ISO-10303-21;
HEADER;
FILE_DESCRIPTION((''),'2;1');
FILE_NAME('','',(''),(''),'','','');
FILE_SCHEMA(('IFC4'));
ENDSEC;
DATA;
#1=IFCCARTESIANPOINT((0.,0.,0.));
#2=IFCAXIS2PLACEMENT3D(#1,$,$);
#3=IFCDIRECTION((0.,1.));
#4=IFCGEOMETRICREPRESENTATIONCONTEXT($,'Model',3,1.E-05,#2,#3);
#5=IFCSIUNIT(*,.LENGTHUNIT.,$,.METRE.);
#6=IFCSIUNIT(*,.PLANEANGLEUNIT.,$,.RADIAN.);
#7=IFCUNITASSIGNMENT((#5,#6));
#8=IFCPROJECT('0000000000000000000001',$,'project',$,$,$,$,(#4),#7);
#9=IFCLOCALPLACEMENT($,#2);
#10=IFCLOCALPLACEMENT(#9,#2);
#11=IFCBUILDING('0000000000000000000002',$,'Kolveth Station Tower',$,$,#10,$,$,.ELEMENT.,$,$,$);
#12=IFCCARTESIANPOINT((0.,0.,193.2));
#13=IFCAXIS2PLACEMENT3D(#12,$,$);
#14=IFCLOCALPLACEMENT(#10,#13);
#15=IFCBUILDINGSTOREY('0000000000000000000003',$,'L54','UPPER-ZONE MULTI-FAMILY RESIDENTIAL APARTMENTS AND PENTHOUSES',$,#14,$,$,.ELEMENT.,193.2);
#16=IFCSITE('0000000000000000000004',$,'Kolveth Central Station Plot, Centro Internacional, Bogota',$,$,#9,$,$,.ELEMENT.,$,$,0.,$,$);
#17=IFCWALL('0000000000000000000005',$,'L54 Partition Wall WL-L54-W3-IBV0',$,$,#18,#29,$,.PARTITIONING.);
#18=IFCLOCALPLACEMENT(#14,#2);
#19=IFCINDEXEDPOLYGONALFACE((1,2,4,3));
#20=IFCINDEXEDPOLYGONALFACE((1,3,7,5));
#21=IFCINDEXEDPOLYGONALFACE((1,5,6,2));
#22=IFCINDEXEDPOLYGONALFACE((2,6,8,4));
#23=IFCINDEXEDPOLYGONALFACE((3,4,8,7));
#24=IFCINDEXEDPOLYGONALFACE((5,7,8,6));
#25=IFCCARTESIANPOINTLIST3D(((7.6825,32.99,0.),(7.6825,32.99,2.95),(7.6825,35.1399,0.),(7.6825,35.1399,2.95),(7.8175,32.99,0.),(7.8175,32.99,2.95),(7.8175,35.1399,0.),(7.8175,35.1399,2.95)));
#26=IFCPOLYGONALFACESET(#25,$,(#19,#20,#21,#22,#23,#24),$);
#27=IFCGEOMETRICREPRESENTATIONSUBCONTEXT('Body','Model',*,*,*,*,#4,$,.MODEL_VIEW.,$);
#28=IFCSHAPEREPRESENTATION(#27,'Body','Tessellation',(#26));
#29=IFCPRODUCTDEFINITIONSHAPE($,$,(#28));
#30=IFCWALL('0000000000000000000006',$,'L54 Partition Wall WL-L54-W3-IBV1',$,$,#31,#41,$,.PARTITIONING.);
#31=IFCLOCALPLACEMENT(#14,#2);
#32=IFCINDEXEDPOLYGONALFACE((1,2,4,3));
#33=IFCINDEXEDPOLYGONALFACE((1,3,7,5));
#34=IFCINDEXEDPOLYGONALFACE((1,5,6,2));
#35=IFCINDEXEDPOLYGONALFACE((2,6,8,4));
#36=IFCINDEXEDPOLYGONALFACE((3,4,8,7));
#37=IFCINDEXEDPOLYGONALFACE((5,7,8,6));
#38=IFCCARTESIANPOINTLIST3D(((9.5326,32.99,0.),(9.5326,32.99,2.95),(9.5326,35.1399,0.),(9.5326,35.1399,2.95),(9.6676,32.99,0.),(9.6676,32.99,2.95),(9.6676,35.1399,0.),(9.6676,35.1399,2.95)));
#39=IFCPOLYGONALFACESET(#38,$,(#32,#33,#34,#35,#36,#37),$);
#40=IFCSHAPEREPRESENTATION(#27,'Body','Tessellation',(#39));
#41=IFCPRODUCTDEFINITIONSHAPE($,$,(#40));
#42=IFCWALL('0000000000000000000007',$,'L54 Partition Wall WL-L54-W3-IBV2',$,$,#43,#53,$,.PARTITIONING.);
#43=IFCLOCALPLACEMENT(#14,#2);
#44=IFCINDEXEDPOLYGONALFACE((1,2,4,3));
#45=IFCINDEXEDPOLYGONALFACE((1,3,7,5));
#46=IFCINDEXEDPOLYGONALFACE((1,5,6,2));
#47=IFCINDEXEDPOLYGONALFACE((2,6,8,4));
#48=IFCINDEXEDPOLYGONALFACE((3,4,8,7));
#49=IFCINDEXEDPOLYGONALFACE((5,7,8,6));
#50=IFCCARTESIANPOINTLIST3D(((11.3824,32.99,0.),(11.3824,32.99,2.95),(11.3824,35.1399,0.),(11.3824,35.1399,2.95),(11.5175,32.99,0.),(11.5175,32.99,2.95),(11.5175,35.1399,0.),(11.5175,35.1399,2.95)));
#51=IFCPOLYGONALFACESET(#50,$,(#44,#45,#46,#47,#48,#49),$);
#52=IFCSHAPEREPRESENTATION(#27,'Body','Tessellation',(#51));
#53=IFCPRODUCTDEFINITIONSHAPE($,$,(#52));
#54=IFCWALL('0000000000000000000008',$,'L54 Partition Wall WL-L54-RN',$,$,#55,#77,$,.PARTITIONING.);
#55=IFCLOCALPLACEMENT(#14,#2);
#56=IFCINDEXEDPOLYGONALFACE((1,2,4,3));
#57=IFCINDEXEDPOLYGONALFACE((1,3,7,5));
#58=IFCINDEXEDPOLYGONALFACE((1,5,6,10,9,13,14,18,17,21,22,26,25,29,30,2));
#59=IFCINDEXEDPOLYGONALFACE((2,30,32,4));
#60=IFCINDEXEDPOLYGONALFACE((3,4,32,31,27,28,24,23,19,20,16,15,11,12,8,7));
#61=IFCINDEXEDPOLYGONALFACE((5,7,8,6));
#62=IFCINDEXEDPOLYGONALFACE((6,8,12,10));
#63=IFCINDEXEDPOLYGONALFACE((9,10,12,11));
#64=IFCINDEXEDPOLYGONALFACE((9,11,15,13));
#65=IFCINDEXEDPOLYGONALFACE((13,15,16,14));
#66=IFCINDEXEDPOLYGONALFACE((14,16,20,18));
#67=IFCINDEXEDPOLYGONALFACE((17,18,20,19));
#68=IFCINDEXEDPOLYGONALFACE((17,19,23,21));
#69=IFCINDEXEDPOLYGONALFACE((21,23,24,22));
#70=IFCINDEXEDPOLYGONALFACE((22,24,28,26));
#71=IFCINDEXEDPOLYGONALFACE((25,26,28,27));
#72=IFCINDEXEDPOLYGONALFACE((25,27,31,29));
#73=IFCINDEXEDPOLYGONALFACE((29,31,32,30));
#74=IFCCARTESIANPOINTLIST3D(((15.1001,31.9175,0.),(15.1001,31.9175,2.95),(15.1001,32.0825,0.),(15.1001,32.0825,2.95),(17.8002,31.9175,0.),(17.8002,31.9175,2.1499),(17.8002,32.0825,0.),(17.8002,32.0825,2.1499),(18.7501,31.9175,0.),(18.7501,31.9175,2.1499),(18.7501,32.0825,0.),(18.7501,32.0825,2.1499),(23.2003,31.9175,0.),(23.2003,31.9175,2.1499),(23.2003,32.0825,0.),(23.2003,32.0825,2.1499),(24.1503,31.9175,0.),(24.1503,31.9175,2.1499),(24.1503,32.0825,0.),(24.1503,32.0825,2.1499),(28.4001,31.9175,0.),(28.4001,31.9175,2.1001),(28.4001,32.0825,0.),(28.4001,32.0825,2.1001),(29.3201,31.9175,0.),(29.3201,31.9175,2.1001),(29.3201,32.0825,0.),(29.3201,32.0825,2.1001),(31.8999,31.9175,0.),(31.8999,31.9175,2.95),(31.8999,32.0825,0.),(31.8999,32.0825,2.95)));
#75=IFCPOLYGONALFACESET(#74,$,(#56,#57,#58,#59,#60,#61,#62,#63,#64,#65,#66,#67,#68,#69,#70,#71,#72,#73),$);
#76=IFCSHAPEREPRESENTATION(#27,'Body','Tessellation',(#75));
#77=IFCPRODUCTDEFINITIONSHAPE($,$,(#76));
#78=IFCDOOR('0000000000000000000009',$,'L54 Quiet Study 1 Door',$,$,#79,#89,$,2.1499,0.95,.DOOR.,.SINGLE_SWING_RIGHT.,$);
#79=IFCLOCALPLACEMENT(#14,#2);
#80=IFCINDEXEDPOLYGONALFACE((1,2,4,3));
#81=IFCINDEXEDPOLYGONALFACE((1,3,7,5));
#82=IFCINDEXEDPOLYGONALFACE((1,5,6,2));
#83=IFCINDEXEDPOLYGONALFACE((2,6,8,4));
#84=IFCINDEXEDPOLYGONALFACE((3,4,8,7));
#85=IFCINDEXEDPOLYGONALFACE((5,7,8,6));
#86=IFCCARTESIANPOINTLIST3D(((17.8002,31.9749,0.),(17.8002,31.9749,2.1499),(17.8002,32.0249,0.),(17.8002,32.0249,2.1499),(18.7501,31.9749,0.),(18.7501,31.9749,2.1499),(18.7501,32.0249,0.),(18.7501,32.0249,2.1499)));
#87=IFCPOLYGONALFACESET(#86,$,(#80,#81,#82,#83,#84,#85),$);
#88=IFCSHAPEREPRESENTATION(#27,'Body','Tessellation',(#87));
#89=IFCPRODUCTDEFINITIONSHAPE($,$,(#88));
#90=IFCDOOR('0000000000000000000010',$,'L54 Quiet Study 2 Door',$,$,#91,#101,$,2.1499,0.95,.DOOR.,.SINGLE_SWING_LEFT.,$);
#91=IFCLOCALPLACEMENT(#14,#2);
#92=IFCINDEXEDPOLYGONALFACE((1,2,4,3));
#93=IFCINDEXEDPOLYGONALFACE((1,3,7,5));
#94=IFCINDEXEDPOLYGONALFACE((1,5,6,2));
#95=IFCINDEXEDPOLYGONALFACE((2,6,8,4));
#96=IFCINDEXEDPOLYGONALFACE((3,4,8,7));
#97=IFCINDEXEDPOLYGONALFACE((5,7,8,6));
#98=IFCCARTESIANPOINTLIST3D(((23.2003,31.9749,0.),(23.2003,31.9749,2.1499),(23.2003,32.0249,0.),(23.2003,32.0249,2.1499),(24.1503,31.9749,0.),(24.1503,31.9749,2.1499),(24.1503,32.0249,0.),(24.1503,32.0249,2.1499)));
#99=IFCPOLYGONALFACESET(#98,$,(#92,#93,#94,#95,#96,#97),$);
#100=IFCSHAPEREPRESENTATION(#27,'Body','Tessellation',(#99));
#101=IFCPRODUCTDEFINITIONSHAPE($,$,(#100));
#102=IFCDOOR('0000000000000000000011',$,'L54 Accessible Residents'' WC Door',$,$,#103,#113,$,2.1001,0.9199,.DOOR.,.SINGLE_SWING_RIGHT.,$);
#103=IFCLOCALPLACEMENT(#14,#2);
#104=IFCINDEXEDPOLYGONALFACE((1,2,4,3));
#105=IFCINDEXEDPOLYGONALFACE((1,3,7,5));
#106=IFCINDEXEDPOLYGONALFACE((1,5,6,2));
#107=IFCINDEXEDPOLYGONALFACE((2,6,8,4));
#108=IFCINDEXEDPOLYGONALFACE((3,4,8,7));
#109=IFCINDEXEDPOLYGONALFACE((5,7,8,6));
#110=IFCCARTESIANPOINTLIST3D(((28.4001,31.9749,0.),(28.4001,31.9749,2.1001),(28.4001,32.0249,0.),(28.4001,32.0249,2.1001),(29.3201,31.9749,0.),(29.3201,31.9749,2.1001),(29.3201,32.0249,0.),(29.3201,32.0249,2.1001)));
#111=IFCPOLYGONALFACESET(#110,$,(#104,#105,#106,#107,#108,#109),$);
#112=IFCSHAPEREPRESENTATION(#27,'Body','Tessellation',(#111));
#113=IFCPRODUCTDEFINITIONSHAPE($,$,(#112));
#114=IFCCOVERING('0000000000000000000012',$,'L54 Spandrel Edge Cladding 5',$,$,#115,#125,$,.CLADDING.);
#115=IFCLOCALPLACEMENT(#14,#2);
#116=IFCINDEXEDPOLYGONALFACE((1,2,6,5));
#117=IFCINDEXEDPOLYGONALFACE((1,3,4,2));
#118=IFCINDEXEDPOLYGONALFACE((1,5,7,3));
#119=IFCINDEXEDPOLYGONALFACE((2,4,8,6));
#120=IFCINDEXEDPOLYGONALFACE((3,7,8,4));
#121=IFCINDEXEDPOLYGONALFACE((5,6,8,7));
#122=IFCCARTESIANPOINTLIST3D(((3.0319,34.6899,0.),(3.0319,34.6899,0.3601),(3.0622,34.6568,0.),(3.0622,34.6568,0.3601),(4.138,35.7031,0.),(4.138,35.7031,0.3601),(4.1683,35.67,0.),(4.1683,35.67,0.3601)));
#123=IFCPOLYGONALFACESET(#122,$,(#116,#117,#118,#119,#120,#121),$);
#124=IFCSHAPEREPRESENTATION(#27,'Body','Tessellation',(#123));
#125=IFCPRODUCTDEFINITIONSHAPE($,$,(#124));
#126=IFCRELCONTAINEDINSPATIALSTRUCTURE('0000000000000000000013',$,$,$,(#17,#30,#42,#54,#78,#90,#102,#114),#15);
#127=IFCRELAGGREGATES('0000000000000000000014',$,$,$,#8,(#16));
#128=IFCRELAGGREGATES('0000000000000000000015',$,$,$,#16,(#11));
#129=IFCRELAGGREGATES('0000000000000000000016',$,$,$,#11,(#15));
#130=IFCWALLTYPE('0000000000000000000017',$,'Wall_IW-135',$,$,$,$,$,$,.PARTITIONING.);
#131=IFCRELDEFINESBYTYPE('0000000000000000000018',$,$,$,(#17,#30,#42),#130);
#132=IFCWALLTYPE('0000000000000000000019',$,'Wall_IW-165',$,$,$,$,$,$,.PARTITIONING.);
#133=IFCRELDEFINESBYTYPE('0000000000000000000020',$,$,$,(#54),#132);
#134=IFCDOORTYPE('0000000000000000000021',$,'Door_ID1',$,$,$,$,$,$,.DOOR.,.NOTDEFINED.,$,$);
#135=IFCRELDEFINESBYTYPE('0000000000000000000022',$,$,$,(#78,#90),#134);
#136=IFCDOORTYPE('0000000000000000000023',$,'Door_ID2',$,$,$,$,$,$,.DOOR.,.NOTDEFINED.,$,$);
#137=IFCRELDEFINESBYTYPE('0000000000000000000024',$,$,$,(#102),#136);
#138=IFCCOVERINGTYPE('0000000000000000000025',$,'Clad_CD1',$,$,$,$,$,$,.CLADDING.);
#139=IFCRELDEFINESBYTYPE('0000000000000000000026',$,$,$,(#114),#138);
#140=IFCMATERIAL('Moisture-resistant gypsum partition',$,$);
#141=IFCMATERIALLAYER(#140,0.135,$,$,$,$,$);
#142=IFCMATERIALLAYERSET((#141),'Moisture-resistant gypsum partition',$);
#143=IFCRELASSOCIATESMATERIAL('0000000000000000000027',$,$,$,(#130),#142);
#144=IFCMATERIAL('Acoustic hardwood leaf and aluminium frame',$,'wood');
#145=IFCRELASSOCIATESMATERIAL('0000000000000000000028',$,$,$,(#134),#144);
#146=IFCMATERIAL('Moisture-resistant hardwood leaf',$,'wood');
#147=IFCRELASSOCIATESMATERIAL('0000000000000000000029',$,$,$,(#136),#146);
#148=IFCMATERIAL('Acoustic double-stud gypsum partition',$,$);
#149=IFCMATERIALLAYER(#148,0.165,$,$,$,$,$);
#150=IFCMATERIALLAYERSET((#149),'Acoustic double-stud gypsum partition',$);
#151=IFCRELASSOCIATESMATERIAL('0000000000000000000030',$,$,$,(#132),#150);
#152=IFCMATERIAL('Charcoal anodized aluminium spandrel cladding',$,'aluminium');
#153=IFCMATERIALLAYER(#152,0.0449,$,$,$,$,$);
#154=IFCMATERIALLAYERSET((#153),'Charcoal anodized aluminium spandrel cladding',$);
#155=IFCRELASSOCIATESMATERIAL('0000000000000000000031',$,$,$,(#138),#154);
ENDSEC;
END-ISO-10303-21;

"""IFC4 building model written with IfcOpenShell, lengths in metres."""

from ifc_helpers import new_model, si_unit, direction, frame, frame_2d, origin, origin_2d, place, context, subcontext, project, spatial, rectangle, extrude, source, transform, mapped, material, layer, layer_set, type_object, element, fill, save


model = new_model("IFC4")

# Units and contexts
model_context = context("Model", 3, precision=1e-05, world=origin(), true_north=direction((0.0, 1.0)))
body_context = subcontext(model_context, "Body", "Model", "MODEL_VIEW")
ifc_project = project(units=[si_unit("LENGTHUNIT", "METRE"), si_unit("PLANEANGLEUNIT", "RADIAN")], contexts=[model_context])

# Site, building, storey
site_placement = place(None, origin())
site = spatial("IfcSite", under=ifc_project, at=site_placement, Name="Kolveth Central Station Plot, Centro Internacional, Bogota", CompositionType="ELEMENT", RefElevation=0.0)
building_placement = place(site_placement, origin())
building = spatial("IfcBuilding", under=site, at=building_placement, Name="Kolveth Station Tower", CompositionType="ELEMENT")
storey_placement = place(building_placement, frame((0.0, 0.0, 193.2)))
storey = spatial("IfcBuildingStorey", under=building, at=storey_placement, Name="L54", Description="UPPER-ZONE MULTI-FAMILY RESIDENTIAL APARTMENTS AND PENTHOUSES", CompositionType="ELEMENT", Elevation=193.2)

# Shared definitions
ifc_material_1 = material(Name="Moisture-resistant gypsum partition")
ifc_layer_1 = layer(ifc_material_1, 0.135)
ifc_layer_set_1 = layer_set([ifc_layer_1], Name="Moisture-resistant gypsum partition")
wall_type_1 = type_object("IfcWallType", Name="Wall_IW-135", PredefinedType="PARTITIONING", material=ifc_layer_set_1)
ifc_material_2 = material(Name="Acoustic hardwood leaf and aluminium frame", Category="wood")
door_type_1 = type_object("IfcDoorType", Name="Door_ID1", OperationType="NOTDEFINED", PredefinedType="DOOR", material=ifc_material_2)
ifc_material_3 = material(Name="Moisture-resistant hardwood leaf", Category="wood")
door_type_2 = type_object("IfcDoorType", Name="Door_ID2", OperationType="NOTDEFINED", PredefinedType="DOOR", material=ifc_material_3)

# Walls
for number, where, z_axis, x_axis, name in (
    (1, (7.75, 32.99, 0.0), (0.0, 0.0, 1.0), (0.0, 1.0, 0.0), "L54 Partition Wall WL-L54-W3-IBV0"),
    (2, (9.6001, 32.99, 0.0), (0.0, 0.0, 1.0), (0.0, 1.0, 0.0), "L54 Partition Wall WL-L54-W3-IBV1"),
    (3, (11.45, 32.99, 0.0), (0.0, 0.0, 1.0), (0.0, 1.0, 0.0), "L54 Partition Wall WL-L54-W3-IBV2"),
):
    element("IfcWall", number, at=place(storey_placement, frame(where, z_axis=z_axis, x_axis=x_axis)), inside=storey, type_object=wall_type_1, Name=name, PredefinedType="PARTITIONING", context=body_context, shape_type="SweptSolid", body=[
        extrude(rectangle(XDim=2.1499, YDim=0.135, at=frame_2d((1.075, 0.0))), origin(), (0.0, 0.0, 1.0), 2.95),
    ])

# Wall, openings, doors
ifc_material_4 = material(Name="Acoustic double-stud gypsum partition")
ifc_layer_2 = layer(ifc_material_4, 0.165)
ifc_layer_set_2 = layer_set([ifc_layer_2], Name="Acoustic double-stud gypsum partition")
wall_type_2 = type_object("IfcWallType", Name="Wall_IW-165", PredefinedType="PARTITIONING", material=ifc_layer_set_2)
wall_1_placement = place(storey_placement, frame((15.1001, 32.0, 0.0), z_axis=(0.0, 0.0, 1.0), x_axis=(1.0, 0.0, 0.0)))
wall_1 = element("IfcWall", 4, at=wall_1_placement, inside=storey, type_object=wall_type_2, Name="L54 Partition Wall WL-L54-RN", PredefinedType="PARTITIONING", context=body_context, shape_type="SweptSolid", body=[
    extrude(rectangle(XDim=16.7998, YDim=0.165, at=frame_2d((8.3999, 0.0))), origin(), (0.0, 0.0, 1.0), 2.95),
])
opening_1_placement = place(wall_1_placement, frame((2.7, 0.0, 0.0)))
opening_1 = element("IfcOpeningElement", 5, at=opening_1_placement, cuts=wall_1, PredefinedType="OPENING", context=body_context, shape_type="SweptSolid", body=[
    extrude(rectangle(XDim=0.95, YDim=2.1499, at=frame_2d((0.4751, 1.075))), frame((0.0, 0.0925, 0.0), z_axis=(0.0, -1.0, 0.0), x_axis=(1.0, 0.0, 0.0)), (0.0, 0.0, 1.0), 0.1851),
])
opening_2_placement = place(wall_1_placement, frame((8.1001, 0.0, 0.0)))
opening_2 = element("IfcOpeningElement", 6, at=opening_2_placement, cuts=wall_1, PredefinedType="OPENING", context=body_context, shape_type="SweptSolid", body=[
    extrude(rectangle(XDim=0.95, YDim=2.1499, at=frame_2d((0.4751, 1.075))), frame((0.0, 0.0925, 0.0), z_axis=(0.0, -1.0, 0.0), x_axis=(1.0, 0.0, 0.0)), (0.0, 0.0, 1.0), 0.1851),
])
opening_3_placement = place(wall_1_placement, frame((13.3, 0.0, 0.0)))
opening_3 = element("IfcOpeningElement", 7, at=opening_3_placement, cuts=wall_1, PredefinedType="OPENING", context=body_context, shape_type="SweptSolid", body=[
    extrude(rectangle(XDim=0.9199, YDim=2.1001, at=frame_2d((0.46, 1.05))), frame((0.0, 0.0925, 0.0), z_axis=(0.0, -1.0, 0.0), x_axis=(1.0, 0.0, 0.0)), (0.0, 0.0, 1.0), 0.1851),
])
door_1_placement = place(opening_1_placement, origin())
door_1 = element("IfcDoor", 8, at=door_1_placement, inside=storey, type_object=door_type_1, Name="L54 Quiet Study 1 Door", OperationType="SINGLE_SWING_RIGHT", OverallHeight=2.1499, OverallWidth=0.95, PredefinedType="DOOR", context=body_context, shape_type="SweptSolid", body=[
    extrude(rectangle(XDim=0.95, YDim=2.1499, at=frame_2d((0.4751, 1.075))), frame((0.0, 0.0249, 0.0), z_axis=(0.0, -1.0, 0.0), x_axis=(1.0, 0.0, 0.0)), (0.0, 0.0, 1.0), 0.05),
])
fill(opening_1, door_1)
door_2_placement = place(opening_2_placement, origin())
door_2 = element("IfcDoor", 9, at=door_2_placement, inside=storey, type_object=door_type_1, Name="L54 Quiet Study 2 Door", OperationType="SINGLE_SWING_LEFT", OverallHeight=2.1499, OverallWidth=0.95, PredefinedType="DOOR", context=body_context, shape_type="SweptSolid", body=[
    extrude(rectangle(XDim=0.95, YDim=2.1499, at=frame_2d((0.4751, 1.075))), frame((0.0, 0.0249, 0.0), z_axis=(0.0, -1.0, 0.0), x_axis=(1.0, 0.0, 0.0)), (0.0, 0.0, 1.0), 0.05),
])
fill(opening_2, door_2)
door_3_placement = place(opening_3_placement, origin())
door_3 = element("IfcDoor", 10, at=door_3_placement, inside=storey, type_object=door_type_2, Name="L54 Accessible Residents' WC Door", OperationType="SINGLE_SWING_RIGHT", OverallHeight=2.1001, OverallWidth=0.9199, PredefinedType="DOOR", context=body_context, shape_type="SweptSolid", body=[
    extrude(rectangle(XDim=0.9199, YDim=2.1001, at=frame_2d((0.46, 1.05))), frame((0.0, 0.0249, 0.0), z_axis=(0.0, -1.0, 0.0), x_axis=(1.0, 0.0, 0.0)), (0.0, 0.0, 1.0), 0.05),
])
fill(opening_3, door_3)

# Covering
ifc_material_5 = material(Name="Charcoal anodized aluminium spandrel cladding", Category="aluminium")
ifc_layer_3 = layer(ifc_material_5, 0.0449)
ifc_layer_set_3 = layer_set([ifc_layer_3], Name="Charcoal anodized aluminium spandrel cladding")
covering_type = type_object("IfcCoveringType", Name="Clad_CD1", PredefinedType="CLADDING", material=ifc_layer_set_3)
shared_shape_1 = source(origin(), body_context, "Body", "SweptSolid", [
    extrude(rectangle(XDim=1.5, YDim=0.0449, at=origin_2d()), origin(), (0.0, 0.0, 1.0), 0.3601),
])
covering_placement = place(storey_placement, frame((3.6001, 35.1799, 0.0), z_axis=(0.0, 0.0, 1.0), x_axis=(-0.737395, -0.675462, 0.0)))
element("IfcCovering", 11, at=covering_placement, inside=storey, type_object=covering_type, Name="L54 Spandrel Edge Cladding 5", PredefinedType="CLADDING", context=body_context, shape_type="MappedRepresentation", body=[
    mapped(shared_shape_1, transform((0.0, 0.0, 0.0), x_axis=(1.0, 0.0, 0.0), y_axis=(0.0, 1.0, 0.0), z_axis=(0.0, 0.0, 1.0), scale=1.0)),
])

save(model, "model.ifc")
